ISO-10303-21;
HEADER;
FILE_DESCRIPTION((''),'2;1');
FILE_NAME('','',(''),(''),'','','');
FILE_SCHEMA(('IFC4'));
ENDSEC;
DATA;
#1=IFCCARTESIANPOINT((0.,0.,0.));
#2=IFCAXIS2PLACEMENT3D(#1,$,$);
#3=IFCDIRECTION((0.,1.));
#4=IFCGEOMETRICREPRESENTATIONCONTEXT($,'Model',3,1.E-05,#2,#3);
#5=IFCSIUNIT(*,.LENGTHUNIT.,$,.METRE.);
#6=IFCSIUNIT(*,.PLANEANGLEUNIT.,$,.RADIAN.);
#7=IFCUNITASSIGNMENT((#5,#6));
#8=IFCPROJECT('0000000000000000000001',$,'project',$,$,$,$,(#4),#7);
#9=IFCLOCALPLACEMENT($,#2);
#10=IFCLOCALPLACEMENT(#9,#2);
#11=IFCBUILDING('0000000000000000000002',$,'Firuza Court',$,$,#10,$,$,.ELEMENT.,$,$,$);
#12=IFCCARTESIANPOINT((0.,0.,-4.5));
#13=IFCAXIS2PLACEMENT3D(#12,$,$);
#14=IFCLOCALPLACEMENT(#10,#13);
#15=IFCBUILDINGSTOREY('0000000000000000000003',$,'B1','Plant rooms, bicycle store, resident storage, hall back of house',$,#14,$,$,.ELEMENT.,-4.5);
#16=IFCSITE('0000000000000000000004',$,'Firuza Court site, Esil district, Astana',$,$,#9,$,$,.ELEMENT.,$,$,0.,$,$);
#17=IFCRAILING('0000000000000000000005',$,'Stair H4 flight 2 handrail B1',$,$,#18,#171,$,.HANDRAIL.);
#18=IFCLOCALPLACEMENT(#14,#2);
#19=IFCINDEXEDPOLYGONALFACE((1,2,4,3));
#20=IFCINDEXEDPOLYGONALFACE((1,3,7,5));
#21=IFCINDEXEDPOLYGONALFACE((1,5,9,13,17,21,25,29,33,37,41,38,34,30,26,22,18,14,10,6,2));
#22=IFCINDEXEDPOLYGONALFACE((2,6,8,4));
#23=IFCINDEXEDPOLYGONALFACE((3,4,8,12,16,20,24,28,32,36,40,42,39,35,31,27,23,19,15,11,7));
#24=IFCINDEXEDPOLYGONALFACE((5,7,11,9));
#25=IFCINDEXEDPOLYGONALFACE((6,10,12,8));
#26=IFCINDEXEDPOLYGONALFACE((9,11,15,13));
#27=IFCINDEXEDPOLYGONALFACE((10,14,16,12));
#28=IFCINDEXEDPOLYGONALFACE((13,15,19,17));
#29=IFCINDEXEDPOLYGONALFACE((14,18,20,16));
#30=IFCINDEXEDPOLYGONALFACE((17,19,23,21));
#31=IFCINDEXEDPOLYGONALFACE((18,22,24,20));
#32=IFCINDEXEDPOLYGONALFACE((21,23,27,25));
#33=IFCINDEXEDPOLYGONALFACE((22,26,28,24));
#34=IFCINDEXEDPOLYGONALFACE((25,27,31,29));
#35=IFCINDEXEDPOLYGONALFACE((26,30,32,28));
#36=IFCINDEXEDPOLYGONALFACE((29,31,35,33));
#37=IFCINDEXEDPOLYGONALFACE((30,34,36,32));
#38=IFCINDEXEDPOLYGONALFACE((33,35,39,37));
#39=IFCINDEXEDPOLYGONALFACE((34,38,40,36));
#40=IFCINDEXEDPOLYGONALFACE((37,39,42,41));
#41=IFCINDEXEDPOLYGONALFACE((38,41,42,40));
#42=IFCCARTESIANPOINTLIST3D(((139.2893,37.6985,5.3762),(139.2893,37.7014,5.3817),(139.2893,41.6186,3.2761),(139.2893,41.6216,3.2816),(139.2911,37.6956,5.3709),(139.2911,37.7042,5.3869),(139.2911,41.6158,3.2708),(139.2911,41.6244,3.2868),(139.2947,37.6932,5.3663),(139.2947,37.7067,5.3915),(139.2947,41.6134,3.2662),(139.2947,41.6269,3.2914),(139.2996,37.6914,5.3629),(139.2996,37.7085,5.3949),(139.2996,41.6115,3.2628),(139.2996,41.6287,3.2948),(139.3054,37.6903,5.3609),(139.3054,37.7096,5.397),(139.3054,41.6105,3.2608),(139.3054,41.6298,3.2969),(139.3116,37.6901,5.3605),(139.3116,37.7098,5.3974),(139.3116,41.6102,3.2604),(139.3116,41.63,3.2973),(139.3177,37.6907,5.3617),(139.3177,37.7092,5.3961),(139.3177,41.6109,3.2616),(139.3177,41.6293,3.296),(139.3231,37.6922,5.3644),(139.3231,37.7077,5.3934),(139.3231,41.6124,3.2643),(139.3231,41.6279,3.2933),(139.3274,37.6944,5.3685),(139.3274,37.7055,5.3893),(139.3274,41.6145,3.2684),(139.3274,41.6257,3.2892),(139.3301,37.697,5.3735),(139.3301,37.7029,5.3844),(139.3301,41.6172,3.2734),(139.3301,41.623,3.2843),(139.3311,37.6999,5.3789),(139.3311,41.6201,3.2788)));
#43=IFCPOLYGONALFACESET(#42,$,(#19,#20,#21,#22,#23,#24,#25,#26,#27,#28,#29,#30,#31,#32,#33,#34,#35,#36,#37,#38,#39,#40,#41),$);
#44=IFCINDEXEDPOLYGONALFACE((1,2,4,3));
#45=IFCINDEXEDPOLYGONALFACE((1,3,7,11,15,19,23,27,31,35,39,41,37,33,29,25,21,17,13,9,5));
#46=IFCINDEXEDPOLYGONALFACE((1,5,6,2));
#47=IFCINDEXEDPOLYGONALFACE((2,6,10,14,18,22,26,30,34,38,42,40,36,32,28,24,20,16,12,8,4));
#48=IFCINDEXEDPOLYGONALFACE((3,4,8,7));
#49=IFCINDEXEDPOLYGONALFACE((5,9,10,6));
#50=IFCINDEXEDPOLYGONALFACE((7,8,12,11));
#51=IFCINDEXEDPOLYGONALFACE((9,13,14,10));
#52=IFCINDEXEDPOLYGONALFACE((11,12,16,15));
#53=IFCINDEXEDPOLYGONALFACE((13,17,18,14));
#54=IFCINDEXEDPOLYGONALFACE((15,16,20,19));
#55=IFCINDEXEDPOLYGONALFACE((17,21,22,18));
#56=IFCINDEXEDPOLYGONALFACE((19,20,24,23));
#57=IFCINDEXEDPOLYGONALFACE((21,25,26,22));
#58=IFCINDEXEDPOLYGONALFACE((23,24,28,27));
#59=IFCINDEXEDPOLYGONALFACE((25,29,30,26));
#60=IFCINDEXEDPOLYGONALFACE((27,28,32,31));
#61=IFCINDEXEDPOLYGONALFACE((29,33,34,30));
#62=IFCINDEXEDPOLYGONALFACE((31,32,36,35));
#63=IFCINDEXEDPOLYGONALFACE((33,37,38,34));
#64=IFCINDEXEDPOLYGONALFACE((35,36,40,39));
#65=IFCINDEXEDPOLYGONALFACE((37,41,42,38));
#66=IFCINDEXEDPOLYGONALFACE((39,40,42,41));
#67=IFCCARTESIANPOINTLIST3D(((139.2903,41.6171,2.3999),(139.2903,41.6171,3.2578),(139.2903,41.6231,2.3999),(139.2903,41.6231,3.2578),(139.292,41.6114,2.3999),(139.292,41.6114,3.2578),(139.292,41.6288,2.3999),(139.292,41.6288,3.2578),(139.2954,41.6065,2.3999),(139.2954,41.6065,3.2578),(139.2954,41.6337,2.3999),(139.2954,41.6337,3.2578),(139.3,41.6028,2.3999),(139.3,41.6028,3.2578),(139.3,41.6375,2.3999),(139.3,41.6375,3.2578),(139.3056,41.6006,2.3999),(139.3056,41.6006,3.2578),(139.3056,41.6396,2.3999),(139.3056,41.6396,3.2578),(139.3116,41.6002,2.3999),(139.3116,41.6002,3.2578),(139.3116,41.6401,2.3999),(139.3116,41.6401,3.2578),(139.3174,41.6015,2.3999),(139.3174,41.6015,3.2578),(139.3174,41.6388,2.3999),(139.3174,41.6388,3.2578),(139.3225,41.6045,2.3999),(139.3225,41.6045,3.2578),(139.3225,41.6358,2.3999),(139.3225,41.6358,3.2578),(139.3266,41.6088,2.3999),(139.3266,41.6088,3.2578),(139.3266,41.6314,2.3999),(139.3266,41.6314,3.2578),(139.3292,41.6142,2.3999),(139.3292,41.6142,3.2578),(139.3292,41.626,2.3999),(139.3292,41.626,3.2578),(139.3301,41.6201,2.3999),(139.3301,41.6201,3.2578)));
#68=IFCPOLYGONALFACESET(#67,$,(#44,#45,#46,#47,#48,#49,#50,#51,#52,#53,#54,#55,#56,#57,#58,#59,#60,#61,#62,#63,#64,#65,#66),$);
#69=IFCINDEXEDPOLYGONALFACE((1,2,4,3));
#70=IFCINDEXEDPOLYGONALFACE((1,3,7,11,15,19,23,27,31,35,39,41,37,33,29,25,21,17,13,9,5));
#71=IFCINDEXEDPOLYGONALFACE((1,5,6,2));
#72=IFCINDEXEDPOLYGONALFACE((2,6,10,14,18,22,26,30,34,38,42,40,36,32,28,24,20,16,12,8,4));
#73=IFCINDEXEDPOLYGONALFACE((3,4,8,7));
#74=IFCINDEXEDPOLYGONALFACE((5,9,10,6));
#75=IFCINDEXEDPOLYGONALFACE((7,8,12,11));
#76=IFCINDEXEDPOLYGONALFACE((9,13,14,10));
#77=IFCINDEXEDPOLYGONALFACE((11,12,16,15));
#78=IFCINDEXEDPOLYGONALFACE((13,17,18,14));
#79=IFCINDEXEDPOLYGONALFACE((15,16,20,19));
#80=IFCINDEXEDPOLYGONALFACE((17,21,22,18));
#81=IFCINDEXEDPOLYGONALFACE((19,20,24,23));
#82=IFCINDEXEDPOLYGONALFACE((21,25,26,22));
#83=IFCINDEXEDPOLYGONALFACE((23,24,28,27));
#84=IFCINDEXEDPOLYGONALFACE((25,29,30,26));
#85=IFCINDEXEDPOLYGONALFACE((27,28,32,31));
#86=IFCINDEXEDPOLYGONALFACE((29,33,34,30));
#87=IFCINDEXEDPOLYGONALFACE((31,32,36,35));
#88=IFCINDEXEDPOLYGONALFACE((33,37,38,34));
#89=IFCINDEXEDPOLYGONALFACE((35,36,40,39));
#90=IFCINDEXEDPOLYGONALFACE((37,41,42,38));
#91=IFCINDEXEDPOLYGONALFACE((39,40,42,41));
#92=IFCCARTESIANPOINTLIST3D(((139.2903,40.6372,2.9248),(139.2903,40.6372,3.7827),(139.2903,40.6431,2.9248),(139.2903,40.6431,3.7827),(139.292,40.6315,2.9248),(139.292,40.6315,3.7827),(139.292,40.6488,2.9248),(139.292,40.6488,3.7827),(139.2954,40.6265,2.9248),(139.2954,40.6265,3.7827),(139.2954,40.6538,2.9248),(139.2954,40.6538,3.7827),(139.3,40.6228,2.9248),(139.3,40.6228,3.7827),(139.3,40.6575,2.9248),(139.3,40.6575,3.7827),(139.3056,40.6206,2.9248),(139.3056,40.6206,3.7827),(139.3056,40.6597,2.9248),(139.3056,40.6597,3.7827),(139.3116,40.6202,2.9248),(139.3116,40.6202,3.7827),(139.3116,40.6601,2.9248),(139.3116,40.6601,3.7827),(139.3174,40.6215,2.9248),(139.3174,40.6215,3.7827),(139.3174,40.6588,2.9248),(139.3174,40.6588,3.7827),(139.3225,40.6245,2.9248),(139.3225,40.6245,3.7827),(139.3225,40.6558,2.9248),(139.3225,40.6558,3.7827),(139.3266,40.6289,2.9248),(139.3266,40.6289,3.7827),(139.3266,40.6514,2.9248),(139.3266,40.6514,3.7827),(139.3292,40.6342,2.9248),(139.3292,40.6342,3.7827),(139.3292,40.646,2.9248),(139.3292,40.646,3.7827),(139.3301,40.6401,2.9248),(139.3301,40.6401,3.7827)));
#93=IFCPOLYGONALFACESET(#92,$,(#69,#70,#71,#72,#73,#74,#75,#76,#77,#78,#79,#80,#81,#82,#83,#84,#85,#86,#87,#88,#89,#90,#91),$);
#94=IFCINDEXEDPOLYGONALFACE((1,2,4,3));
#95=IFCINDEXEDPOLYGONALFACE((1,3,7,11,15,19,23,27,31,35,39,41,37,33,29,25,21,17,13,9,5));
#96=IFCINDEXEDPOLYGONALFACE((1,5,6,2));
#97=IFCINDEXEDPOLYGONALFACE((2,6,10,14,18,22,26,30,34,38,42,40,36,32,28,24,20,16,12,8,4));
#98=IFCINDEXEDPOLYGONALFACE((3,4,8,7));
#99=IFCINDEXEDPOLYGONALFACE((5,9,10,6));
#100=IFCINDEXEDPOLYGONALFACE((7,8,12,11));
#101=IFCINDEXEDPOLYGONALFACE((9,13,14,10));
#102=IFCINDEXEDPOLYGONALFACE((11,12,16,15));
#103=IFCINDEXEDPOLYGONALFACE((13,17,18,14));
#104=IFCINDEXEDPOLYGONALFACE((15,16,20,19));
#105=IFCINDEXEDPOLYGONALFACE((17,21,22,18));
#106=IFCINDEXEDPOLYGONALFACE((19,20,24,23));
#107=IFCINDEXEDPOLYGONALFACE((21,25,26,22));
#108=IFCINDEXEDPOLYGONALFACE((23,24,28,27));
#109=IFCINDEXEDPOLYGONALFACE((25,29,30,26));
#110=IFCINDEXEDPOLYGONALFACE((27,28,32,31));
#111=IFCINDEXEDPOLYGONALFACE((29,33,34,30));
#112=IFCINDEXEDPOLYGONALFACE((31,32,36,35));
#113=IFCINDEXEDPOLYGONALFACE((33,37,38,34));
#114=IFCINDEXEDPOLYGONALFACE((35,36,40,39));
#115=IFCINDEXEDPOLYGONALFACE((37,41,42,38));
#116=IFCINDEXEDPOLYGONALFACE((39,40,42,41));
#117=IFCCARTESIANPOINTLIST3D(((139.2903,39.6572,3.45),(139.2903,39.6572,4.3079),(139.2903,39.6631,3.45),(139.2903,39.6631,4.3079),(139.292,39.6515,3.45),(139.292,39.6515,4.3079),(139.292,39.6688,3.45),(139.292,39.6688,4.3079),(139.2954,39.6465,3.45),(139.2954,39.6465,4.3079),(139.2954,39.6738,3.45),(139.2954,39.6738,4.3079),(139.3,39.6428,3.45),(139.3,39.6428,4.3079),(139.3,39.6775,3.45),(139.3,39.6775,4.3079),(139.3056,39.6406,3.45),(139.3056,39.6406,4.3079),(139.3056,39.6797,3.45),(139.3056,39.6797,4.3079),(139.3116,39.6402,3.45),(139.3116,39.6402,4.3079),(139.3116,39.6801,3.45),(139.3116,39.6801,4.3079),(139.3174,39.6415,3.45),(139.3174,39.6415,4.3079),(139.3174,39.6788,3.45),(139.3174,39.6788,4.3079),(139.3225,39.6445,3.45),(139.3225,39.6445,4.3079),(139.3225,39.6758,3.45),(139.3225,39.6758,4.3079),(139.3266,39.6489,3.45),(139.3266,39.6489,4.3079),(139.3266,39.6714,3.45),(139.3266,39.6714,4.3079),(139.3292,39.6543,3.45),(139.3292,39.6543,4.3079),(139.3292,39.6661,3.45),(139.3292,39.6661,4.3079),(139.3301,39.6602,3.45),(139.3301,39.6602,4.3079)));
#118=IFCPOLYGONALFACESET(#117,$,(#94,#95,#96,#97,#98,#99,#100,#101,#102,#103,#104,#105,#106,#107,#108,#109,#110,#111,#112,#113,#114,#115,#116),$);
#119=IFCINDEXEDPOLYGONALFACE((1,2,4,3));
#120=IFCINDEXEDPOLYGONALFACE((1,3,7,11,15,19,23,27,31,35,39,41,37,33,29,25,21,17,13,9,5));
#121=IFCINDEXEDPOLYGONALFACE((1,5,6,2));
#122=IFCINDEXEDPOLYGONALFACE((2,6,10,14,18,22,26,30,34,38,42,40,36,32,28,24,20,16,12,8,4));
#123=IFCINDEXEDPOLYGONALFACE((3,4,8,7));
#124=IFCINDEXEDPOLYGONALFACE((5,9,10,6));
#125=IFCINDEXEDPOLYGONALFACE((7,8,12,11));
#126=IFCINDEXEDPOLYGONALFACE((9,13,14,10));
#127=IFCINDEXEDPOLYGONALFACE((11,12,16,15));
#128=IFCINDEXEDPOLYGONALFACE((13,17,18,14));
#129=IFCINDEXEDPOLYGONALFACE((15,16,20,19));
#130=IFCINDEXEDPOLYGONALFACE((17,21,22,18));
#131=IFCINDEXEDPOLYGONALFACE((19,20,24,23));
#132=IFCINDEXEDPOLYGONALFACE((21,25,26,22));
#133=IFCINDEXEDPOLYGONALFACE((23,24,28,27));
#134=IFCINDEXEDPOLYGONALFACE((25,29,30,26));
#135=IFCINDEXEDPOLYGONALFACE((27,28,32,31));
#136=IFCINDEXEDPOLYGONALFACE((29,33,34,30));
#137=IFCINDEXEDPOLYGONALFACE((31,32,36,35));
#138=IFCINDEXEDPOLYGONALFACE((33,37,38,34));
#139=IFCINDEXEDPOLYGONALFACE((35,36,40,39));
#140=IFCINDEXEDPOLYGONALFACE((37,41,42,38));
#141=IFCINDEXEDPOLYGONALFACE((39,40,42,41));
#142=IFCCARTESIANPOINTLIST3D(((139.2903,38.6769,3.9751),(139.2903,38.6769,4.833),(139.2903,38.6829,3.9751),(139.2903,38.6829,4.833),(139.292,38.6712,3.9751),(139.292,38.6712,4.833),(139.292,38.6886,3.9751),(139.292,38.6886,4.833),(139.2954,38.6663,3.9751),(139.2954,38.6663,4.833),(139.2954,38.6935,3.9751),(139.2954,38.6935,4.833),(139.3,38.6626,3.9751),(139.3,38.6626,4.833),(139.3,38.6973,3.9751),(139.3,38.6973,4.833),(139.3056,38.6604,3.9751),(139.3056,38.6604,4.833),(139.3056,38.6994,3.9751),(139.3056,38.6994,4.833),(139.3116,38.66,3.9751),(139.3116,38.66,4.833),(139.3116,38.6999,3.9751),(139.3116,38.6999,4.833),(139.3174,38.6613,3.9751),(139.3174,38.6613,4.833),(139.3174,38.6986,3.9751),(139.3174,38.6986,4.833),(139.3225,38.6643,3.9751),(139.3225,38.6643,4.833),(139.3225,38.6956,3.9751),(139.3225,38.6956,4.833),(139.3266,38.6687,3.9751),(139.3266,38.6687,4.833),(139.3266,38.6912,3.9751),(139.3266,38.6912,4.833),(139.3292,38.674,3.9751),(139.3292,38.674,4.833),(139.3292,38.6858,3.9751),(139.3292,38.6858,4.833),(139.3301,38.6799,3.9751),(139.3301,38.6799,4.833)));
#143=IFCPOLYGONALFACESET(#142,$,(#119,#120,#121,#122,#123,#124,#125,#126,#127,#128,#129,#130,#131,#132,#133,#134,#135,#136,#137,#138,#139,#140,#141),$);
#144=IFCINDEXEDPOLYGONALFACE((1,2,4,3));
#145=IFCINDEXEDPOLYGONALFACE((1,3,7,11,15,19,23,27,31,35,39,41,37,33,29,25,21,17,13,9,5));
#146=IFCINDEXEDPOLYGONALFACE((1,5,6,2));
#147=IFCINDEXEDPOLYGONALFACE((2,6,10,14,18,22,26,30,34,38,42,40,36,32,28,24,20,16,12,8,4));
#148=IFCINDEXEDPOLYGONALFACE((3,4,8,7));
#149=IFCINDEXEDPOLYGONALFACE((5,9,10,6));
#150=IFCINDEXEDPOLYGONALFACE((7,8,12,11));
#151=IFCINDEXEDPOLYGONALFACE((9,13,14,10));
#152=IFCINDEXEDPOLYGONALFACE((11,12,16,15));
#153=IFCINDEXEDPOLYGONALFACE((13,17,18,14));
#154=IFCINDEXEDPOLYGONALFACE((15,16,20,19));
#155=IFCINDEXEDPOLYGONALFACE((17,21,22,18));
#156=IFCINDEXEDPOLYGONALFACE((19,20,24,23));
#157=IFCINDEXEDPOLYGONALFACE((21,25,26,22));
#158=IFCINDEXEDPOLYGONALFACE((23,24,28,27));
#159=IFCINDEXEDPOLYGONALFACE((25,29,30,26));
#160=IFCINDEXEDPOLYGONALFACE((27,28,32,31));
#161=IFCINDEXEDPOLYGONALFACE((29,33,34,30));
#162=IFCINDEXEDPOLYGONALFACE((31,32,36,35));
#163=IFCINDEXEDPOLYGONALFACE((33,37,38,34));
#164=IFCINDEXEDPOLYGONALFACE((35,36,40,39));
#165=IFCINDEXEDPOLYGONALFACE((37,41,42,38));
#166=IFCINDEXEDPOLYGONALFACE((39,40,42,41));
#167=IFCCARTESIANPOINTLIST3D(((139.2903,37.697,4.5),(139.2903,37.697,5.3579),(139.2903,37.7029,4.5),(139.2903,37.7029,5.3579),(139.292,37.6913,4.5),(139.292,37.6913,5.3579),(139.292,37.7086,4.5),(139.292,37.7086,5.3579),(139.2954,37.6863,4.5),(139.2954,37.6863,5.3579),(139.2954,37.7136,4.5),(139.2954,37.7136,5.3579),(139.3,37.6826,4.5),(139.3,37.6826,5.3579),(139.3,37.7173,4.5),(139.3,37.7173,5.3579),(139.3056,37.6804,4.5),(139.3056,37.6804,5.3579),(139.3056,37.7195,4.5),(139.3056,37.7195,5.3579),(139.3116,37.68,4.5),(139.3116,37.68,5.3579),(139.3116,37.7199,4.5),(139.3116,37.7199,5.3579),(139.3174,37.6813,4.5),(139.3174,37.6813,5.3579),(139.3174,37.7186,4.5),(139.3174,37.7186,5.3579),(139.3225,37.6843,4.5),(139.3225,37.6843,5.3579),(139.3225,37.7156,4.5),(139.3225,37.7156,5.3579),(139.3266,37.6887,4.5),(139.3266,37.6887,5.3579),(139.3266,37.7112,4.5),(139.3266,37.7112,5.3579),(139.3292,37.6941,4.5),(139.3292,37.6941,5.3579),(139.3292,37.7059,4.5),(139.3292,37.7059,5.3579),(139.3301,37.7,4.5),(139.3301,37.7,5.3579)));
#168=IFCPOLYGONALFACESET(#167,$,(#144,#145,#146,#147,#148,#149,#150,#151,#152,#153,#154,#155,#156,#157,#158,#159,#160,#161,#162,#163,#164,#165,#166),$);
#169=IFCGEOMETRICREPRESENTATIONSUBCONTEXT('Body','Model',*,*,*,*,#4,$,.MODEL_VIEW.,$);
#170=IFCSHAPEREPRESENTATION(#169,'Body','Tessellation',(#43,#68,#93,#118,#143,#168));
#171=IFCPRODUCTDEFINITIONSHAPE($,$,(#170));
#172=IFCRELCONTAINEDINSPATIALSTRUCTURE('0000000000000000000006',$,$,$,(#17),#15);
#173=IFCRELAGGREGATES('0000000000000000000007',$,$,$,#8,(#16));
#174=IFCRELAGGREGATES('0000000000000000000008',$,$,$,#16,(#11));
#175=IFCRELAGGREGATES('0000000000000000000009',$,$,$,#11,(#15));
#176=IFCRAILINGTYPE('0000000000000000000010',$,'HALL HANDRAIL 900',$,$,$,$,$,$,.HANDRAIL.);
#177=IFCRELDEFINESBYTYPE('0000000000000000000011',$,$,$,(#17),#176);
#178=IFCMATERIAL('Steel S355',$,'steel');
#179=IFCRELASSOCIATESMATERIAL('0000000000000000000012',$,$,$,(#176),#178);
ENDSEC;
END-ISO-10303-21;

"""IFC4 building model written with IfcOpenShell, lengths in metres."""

from ifc_helpers import new_model, si_unit, direction, frame, origin, origin_2d, place, context, subcontext, project, spatial, circle, extrude, material, type_object, element, save


model = new_model("IFC4")

# Units and contexts
model_context = context("Model", 3, precision=1e-05, world=origin(), true_north=direction((0.0, 1.0)))
body_context = subcontext(model_context, "Body", "Model", "MODEL_VIEW")
ifc_project = project(units=[si_unit("LENGTHUNIT", "METRE"), si_unit("PLANEANGLEUNIT", "RADIAN")], contexts=[model_context])

# Site, building, storey
site_placement = place(None, origin())
site = spatial("IfcSite", under=ifc_project, at=site_placement, Name="Firuza Court site, Esil district, Astana", CompositionType="ELEMENT", RefElevation=0.0)
building_placement = place(site_placement, origin())
building = spatial("IfcBuilding", under=site, at=building_placement, Name="Firuza Court", CompositionType="ELEMENT")
storey_placement = place(building_placement, frame((0.0, 0.0, -4.5)))
storey = spatial("IfcBuildingStorey", under=building, at=storey_placement, Name="B1", Description="Plant rooms, bicycle store, resident storage, hall back of house", CompositionType="ELEMENT", Elevation=-4.5)

# Railing
ifc_material_1 = material(Name="Steel S355", Category="steel")
railing_type_1 = type_object("IfcRailingType", Name="HALL HANDRAIL 900", PredefinedType="HANDRAIL", material=ifc_material_1)
railing_1_placement = place(storey_placement, frame((139.3101, 41.6201, 2.3999)))
element("IfcRailing", 1, at=railing_1_placement, inside=storey, type_object=railing_type_1, Name="Stair H4 flight 2 handrail B1", PredefinedType="HANDRAIL", context=body_context, shape_type="SweptSolid", body=[
    extrude(circle(Radius=0.021, at=origin_2d()), frame((0.0, 0.0, 0.8789), z_axis=(0.0, -0.881479, 0.472223), x_axis=(1.0, 0.0, 0.0)), (0.0, 0.0, 1.0), 4.4473),
    extrude(circle(Radius=0.02, at=origin_2d()), origin(), (0.0, 0.0, 1.0), 0.8579),
    extrude(circle(Radius=0.02, at=origin_2d()), frame((0.0, -0.98, 0.5249)), (0.0, 0.0, 1.0), 0.8579),
    extrude(circle(Radius=0.02, at=origin_2d()), frame((0.0, -1.96, 1.05)), (0.0, 0.0, 1.0), 0.8579),
    extrude(circle(Radius=0.02, at=origin_2d()), frame((0.0, -2.9402, 1.5752)), (0.0, 0.0, 1.0), 0.8579),
    extrude(circle(Radius=0.02, at=origin_2d()), frame((0.0, -3.9202, 2.1001)), (0.0, 0.0, 1.0), 0.8579),
])

save(model, "model.ifc")
